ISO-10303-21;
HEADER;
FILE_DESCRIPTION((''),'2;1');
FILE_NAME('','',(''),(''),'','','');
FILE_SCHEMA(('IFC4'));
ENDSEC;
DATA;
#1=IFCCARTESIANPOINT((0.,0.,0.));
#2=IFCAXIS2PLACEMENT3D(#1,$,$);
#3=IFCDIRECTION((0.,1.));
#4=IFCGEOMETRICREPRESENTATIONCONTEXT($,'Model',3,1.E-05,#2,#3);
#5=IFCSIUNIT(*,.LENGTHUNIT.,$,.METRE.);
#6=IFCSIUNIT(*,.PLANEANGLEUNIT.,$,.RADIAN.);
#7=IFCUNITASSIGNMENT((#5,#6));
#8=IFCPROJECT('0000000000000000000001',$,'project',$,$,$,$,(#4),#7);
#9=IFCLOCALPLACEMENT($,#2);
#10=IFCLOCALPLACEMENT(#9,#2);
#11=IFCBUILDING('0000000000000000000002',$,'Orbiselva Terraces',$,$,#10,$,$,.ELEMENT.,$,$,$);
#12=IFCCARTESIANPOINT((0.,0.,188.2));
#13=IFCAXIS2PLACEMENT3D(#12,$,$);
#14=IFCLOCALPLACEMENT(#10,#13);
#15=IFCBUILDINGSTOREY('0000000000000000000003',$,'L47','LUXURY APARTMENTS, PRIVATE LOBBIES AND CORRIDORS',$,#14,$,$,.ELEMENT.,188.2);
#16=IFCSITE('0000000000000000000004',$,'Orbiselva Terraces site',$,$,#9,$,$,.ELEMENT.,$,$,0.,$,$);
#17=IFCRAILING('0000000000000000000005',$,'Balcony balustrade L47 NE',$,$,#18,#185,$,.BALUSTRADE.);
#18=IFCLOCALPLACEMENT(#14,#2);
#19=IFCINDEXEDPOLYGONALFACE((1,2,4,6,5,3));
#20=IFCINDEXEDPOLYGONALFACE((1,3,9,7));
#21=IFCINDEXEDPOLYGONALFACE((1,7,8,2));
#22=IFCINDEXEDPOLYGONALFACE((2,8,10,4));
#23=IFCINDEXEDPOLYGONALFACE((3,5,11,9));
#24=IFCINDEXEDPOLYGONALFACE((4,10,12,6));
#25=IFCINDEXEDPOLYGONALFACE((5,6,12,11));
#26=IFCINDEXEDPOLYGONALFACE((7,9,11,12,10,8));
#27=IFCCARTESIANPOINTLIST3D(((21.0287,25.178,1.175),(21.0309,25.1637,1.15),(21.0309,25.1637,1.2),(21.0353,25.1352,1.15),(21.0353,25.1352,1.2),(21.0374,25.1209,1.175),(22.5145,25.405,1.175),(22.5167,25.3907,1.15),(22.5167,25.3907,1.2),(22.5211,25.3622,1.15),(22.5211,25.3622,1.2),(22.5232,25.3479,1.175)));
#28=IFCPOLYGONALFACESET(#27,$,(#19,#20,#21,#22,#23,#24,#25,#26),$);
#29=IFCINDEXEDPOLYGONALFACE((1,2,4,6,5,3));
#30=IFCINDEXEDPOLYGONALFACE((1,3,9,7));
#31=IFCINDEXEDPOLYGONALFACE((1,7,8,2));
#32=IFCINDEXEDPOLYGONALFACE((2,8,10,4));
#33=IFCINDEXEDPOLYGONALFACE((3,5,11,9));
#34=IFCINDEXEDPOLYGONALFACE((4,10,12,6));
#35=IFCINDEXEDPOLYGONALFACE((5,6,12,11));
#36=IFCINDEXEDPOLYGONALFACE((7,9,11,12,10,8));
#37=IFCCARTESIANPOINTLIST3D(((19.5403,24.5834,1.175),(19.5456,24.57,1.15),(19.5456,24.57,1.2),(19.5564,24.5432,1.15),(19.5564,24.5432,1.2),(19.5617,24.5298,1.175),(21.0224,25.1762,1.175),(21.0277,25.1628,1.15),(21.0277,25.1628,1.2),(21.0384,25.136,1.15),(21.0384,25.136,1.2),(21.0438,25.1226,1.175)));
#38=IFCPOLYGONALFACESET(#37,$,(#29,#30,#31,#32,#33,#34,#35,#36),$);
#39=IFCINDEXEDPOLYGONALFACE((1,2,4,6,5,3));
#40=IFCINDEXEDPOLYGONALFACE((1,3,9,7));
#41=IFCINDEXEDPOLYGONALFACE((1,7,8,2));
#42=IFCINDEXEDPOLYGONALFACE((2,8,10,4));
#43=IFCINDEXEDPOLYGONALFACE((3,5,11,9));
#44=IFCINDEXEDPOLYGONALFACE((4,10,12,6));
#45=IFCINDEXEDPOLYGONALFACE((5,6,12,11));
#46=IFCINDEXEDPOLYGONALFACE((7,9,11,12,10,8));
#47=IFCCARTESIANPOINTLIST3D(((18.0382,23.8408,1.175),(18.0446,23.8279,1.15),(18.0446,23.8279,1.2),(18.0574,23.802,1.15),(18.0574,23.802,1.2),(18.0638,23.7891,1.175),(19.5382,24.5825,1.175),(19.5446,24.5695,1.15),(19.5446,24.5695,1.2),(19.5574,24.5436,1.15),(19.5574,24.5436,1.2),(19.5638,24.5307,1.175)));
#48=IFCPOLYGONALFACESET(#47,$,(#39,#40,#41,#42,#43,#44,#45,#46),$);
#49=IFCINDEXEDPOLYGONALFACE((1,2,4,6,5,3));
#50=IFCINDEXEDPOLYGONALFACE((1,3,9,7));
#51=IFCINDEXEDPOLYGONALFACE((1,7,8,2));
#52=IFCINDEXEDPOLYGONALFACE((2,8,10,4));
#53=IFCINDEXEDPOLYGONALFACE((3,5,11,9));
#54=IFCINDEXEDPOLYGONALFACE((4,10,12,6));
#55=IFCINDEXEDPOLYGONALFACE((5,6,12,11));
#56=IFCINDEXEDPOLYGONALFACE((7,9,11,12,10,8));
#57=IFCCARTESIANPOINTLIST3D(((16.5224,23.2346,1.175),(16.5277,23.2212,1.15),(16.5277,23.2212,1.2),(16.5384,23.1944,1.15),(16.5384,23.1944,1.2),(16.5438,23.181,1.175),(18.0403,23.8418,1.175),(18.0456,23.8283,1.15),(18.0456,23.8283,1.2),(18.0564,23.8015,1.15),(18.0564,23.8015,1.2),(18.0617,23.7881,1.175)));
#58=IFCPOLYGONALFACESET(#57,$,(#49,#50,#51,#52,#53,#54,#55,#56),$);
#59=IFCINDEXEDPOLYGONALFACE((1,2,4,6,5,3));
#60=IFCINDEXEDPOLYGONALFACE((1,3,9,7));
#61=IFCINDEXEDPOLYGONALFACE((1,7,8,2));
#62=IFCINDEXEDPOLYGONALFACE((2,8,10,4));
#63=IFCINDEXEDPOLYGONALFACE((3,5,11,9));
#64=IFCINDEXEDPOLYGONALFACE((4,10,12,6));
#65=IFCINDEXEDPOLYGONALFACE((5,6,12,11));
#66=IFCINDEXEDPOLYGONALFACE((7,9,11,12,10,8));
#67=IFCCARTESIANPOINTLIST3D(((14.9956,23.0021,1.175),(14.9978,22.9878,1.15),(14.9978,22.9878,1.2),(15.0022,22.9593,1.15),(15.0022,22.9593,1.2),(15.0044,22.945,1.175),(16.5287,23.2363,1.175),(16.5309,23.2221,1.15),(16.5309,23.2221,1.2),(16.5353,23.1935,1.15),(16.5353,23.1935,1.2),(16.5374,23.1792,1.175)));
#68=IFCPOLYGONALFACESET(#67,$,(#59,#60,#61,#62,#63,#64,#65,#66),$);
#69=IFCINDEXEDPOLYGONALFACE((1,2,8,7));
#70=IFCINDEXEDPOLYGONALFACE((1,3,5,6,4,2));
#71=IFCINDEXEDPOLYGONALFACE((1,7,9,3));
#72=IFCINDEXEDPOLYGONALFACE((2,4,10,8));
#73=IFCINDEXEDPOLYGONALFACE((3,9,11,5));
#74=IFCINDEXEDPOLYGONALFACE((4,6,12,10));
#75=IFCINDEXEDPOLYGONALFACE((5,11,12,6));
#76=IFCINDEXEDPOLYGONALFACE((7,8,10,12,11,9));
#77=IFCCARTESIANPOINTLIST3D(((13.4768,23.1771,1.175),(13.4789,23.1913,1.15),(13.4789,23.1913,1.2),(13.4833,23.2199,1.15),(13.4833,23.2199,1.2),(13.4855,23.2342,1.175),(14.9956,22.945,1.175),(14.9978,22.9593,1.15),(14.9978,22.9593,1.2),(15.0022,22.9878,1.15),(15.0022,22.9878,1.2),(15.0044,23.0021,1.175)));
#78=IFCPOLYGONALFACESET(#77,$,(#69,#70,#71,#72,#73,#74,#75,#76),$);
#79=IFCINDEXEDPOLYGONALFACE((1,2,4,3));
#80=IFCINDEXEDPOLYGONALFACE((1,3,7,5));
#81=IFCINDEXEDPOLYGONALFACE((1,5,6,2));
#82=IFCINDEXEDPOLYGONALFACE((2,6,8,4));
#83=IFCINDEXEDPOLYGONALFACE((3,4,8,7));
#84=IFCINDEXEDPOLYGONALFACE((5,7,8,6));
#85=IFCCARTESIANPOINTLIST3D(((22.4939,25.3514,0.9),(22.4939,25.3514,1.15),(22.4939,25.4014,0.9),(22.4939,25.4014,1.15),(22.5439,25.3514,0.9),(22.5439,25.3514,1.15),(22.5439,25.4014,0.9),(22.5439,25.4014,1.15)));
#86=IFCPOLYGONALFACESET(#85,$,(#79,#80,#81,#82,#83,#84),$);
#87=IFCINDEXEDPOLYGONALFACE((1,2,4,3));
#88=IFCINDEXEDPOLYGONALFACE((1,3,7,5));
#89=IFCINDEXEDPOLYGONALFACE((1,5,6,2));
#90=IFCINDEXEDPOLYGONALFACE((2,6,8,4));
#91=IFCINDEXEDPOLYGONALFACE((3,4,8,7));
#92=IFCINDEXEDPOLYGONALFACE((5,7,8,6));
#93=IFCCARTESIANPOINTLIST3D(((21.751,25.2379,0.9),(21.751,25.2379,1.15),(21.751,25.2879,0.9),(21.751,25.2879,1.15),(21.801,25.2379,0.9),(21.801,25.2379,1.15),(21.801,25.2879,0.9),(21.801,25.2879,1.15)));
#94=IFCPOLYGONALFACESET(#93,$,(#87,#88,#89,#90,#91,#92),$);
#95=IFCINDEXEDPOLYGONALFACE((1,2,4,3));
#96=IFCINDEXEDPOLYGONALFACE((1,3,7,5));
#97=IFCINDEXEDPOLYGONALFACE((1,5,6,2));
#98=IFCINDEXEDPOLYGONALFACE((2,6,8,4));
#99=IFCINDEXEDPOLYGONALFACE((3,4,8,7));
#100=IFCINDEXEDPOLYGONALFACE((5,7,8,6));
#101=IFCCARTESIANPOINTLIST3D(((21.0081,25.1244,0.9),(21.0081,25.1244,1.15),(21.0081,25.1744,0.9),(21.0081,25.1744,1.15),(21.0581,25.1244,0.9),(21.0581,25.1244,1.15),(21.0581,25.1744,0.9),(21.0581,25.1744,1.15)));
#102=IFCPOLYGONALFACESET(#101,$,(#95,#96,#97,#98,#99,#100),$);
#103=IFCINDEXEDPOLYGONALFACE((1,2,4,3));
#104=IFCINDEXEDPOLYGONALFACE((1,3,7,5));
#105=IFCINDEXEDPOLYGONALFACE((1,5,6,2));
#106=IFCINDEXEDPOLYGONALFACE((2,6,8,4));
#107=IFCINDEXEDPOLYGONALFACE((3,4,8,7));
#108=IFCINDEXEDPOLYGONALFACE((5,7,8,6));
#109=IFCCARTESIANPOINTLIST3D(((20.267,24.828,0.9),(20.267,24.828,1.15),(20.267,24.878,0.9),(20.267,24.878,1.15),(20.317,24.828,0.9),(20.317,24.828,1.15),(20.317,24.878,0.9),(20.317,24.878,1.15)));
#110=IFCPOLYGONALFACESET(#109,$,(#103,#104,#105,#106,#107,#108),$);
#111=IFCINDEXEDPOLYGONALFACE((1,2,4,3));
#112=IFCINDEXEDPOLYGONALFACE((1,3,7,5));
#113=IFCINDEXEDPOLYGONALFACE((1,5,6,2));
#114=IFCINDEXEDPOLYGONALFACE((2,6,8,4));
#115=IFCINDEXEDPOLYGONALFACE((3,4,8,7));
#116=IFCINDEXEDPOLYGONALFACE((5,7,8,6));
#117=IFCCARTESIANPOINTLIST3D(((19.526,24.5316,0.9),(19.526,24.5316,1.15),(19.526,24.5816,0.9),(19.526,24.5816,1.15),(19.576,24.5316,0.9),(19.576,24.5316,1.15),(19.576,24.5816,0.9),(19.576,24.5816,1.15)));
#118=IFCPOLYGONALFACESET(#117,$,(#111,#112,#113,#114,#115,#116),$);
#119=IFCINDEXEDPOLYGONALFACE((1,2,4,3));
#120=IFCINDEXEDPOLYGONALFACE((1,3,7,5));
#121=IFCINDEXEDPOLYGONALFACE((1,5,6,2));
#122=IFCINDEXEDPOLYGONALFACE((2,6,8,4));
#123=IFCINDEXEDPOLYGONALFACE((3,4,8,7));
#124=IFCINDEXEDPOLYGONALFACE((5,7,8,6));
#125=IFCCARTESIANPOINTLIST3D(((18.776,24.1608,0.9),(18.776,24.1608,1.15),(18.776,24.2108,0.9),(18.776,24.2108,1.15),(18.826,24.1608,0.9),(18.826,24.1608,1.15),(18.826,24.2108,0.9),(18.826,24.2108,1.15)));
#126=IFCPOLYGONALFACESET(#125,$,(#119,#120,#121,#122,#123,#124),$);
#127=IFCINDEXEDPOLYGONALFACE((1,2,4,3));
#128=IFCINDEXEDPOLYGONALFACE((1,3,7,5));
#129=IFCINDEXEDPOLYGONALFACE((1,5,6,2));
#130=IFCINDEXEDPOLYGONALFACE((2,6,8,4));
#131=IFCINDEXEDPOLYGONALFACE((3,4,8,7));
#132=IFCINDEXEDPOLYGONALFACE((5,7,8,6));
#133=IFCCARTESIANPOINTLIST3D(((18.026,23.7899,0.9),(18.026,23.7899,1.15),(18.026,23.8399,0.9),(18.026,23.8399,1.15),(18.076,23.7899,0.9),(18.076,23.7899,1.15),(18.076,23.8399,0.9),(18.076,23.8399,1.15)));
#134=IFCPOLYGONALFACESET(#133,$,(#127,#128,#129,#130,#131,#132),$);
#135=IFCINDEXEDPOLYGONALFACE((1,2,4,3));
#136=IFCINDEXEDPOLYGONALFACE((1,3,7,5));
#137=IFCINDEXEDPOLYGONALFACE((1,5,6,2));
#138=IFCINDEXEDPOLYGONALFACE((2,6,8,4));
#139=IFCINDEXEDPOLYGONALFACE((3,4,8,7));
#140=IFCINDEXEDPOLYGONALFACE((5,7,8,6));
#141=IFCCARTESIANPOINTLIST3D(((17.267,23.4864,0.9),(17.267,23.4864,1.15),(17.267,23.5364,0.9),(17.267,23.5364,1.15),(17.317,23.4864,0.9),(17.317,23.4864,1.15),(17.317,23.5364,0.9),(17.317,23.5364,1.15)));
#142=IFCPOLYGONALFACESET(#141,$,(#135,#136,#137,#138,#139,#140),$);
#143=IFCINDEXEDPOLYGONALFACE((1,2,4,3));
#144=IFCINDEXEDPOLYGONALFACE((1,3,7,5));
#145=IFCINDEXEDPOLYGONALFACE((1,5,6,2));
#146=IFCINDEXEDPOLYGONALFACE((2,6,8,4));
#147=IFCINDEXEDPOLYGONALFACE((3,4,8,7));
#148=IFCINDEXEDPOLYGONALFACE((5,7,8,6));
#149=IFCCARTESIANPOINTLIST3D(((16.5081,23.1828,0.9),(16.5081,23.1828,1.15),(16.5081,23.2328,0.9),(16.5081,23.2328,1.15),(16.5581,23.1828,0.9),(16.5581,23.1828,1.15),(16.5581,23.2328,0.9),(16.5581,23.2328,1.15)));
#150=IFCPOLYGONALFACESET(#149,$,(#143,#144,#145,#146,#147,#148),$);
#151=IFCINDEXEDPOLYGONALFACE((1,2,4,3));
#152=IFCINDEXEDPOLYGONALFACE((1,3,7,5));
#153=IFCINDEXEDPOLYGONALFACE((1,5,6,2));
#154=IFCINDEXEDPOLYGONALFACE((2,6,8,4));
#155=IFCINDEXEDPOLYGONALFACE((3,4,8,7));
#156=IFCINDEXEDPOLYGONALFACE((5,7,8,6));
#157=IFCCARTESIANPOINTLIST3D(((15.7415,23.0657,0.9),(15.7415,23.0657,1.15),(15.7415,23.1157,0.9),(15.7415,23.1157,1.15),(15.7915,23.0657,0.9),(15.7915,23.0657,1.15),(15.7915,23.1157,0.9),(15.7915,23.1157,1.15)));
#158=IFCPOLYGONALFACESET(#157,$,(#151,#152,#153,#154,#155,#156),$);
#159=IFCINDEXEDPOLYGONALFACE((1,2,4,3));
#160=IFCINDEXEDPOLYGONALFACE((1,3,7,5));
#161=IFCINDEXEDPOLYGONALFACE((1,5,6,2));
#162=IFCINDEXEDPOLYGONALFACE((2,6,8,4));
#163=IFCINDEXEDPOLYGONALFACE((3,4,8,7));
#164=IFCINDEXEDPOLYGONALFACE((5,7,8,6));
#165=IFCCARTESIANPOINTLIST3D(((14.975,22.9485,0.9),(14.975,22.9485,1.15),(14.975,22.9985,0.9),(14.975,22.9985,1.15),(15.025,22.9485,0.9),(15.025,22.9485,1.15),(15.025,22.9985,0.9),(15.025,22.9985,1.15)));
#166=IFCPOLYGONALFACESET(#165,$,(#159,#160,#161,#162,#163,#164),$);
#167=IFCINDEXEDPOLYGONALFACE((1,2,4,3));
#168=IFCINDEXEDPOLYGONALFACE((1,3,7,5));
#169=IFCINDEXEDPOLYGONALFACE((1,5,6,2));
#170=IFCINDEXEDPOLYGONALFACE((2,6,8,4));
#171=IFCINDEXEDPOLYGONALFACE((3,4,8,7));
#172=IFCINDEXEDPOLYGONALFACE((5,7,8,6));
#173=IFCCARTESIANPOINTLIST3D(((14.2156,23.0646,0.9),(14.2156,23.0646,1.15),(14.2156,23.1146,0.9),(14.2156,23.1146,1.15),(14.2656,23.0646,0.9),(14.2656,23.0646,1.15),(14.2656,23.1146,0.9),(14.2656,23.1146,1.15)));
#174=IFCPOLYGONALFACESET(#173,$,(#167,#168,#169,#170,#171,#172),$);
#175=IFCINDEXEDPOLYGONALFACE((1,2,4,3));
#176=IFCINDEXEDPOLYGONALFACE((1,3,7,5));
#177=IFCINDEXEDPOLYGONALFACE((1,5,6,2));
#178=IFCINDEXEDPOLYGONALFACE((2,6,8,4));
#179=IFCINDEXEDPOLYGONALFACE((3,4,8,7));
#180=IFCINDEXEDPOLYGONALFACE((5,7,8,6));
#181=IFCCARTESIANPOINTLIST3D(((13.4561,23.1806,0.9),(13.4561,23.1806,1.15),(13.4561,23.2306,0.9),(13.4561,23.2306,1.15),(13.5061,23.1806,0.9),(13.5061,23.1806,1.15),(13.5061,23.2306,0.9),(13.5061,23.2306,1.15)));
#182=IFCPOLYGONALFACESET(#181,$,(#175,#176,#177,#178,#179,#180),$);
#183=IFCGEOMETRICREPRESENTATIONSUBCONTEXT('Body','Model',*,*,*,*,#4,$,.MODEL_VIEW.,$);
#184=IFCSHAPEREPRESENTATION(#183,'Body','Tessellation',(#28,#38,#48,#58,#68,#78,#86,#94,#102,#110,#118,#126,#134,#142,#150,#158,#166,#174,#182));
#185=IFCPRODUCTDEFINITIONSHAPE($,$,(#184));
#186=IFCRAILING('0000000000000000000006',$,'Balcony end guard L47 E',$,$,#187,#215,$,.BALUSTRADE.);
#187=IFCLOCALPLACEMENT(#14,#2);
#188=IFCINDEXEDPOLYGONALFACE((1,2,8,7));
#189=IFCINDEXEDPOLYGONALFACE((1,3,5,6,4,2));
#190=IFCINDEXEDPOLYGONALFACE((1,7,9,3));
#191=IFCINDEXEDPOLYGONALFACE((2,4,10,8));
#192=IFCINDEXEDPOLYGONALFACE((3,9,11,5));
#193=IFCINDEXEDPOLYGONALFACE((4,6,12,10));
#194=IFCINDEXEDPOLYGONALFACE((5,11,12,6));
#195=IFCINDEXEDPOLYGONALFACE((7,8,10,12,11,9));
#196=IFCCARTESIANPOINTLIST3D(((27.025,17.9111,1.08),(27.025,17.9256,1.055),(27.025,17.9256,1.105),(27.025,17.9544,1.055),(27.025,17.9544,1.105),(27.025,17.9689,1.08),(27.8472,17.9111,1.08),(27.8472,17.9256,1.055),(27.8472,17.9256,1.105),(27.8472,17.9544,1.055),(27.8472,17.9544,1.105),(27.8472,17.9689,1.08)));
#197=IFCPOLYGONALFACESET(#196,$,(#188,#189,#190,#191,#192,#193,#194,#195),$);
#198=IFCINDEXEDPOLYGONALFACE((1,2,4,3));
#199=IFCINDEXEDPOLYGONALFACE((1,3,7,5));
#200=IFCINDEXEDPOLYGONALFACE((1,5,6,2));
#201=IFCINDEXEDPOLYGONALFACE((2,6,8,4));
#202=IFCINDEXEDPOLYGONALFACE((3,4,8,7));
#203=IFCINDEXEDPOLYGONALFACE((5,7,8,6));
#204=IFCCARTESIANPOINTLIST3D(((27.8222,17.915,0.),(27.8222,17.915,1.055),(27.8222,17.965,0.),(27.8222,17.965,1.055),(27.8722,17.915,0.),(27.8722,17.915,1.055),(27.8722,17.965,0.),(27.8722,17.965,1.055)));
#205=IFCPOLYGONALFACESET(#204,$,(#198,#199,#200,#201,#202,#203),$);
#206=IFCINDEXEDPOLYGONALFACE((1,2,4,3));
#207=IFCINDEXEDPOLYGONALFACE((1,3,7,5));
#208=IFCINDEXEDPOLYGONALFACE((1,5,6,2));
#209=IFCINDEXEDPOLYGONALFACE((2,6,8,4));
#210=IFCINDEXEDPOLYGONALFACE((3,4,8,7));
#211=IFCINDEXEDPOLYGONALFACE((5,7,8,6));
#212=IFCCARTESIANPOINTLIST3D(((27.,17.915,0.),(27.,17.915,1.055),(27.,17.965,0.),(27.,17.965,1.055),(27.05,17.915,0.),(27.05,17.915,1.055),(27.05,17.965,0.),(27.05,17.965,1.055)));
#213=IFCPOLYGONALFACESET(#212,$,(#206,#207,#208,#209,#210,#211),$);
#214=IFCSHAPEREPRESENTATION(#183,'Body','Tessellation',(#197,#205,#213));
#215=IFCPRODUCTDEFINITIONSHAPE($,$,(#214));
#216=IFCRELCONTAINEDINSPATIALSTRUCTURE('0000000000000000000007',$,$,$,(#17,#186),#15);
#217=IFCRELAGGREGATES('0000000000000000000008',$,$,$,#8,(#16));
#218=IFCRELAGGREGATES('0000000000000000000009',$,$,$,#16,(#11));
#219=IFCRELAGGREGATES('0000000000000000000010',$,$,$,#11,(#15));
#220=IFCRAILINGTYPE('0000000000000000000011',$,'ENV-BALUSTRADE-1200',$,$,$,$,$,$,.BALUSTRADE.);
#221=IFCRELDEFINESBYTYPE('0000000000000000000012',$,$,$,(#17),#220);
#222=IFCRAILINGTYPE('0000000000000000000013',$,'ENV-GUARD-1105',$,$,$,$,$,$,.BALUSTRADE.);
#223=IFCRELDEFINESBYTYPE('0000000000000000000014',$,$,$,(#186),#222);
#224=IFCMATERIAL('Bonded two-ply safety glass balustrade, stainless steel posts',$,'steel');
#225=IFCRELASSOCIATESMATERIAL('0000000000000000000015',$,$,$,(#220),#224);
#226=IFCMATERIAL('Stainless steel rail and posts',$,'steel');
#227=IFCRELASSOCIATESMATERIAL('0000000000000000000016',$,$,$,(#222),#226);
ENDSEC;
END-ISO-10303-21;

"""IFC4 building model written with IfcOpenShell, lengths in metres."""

from ifc_helpers import new_model, si_unit, direction, frame, origin, origin_2d, place, context, subcontext, project, spatial, polyline, rectangle, outline, extrude, material, type_object, element, save


model = new_model("IFC4")

# Units and contexts
model_context = context("Model", 3, precision=1e-05, world=origin(), true_north=direction((0.0, 1.0)))
body_context = subcontext(model_context, "Body", "Model", "MODEL_VIEW")
ifc_project = project(units=[si_unit("LENGTHUNIT", "METRE"), si_unit("PLANEANGLEUNIT", "RADIAN")], contexts=[model_context])

# Site, building, storey
site_placement = place(None, origin())
site = spatial("IfcSite", under=ifc_project, at=site_placement, Name="Orbiselva Terraces site", CompositionType="ELEMENT", RefElevation=0.0)
building_placement = place(site_placement, origin())
building = spatial("IfcBuilding", under=site, at=building_placement, Name="Orbiselva Terraces", CompositionType="ELEMENT")
storey_placement = place(building_placement, frame((0.0, 0.0, 188.2)))
storey = spatial("IfcBuildingStorey", under=building, at=storey_placement, Name="L47", Description="LUXURY APARTMENTS, PRIVATE LOBBIES AND CORRIDORS", CompositionType="ELEMENT", Elevation=188.2)

# Railings
ifc_material_1 = material(Name="Bonded two-ply safety glass balustrade, stainless steel posts", Category="steel")
railing_type_1 = type_object("IfcRailingType", Name="ENV-BALUSTRADE-1200", PredefinedType="BALUSTRADE", material=ifc_material_1)
railing_1_placement = place(storey_placement, frame((22.5189, 25.3764, 0.9)))
element("IfcRailing", 1, at=railing_1_placement, inside=storey, type_object=railing_type_1, Name="Balcony balustrade L47 NE", PredefinedType="BALUSTRADE", context=body_context, shape_type="SweptSolid", body=[
    extrude(outline(polyline([(0.0289, 0.0), (0.0144, 0.025), (-0.0144, 0.025), (-0.0289, 0.0), (-0.0144, -0.025), (0.0144, -0.025), (0.0289, 0.0)])), frame((0.0, 0.0, 0.275), z_axis=(-0.988529, -0.151034, 0.0), x_axis=(0.151034, -0.988529, 0.0)), (0.0, 0.0, 1.0), 1.503),
    extrude(outline(polyline([(0.0289, 0.0), (0.0144, 0.025), (-0.0144, 0.025), (-0.0289, 0.0), (-0.0144, -0.025), (0.0144, -0.025), (0.0289, 0.0)])), frame((-1.4858, -0.227, 0.275), z_axis=(-0.928477, -0.371391, 0.0), x_axis=(0.371391, -0.928477, 0.0)), (0.0, 0.0, 1.0), 1.5963),
    extrude(outline(polyline([(0.0289, 0.0), (0.0144, 0.025), (-0.0144, 0.025), (-0.0289, 0.0), (-0.0144, -0.025), (0.0144, -0.025), (0.0289, 0.0)])), frame((-2.9679, -0.8198, 0.275), z_axis=(-0.896417, -0.443212, 0.0), x_axis=(0.443212, -0.896417, 0.0)), (0.0, 0.0, 1.0), 1.6733),
    extrude(outline(polyline([(0.0289, 0.0), (0.0144, 0.025), (-0.0144, 0.025), (-0.0289, 0.0), (-0.0144, -0.025), (0.0144, -0.025), (0.0289, 0.0)])), frame((-4.4679, -1.5615, 0.275), z_axis=(-0.928477, -0.37139, 0.0), x_axis=(0.37139, -0.928477, 0.0)), (0.0, 0.0, 1.0), 1.6348),
    extrude(outline(polyline([(0.0289, 0.0), (0.0144, 0.025), (-0.0144, 0.025), (-0.0289, 0.0), (-0.0144, -0.025), (0.0144, -0.025), (0.0289, 0.0)])), frame((-5.9858, -2.1686, 0.275), z_axis=(-0.988529, -0.151034, 0.0), x_axis=(0.151034, -0.988529, 0.0)), (0.0, 0.0, 1.0), 1.5509),
    extrude(outline(polyline([(0.0289, 0.0), (0.0144, 0.025), (-0.0144, 0.025), (-0.0289, 0.0), (-0.0144, -0.025), (0.0144, -0.025), (0.0289, 0.0)])), frame((-7.5189, -2.4029, 0.275), z_axis=(-0.988529, 0.151034, 0.0), x_axis=(-0.151034, -0.988529, 0.0)), (0.0, 0.0, 1.0), 1.5365),
    extrude(rectangle(XDim=0.05, YDim=0.05, at=origin_2d()), origin(), (0.0, 0.0, 1.0), 0.25),
    extrude(rectangle(XDim=0.05, YDim=0.05, at=origin_2d()), frame((-0.7429, -0.1135, 0.0)), (0.0, 0.0, 1.0), 0.25),
    extrude(rectangle(XDim=0.05, YDim=0.05, at=origin_2d()), frame((-1.4858, -0.227, 0.0)), (0.0, 0.0, 1.0), 0.25),
    extrude(rectangle(XDim=0.05, YDim=0.05, at=origin_2d()), frame((-2.2268, -0.5234, 0.0)), (0.0, 0.0, 1.0), 0.25),
    extrude(rectangle(XDim=0.05, YDim=0.05, at=origin_2d()), frame((-2.9679, -0.8198, 0.0)), (0.0, 0.0, 1.0), 0.25),
    extrude(rectangle(XDim=0.05, YDim=0.05, at=origin_2d()), frame((-3.7179, -1.1907, 0.0)), (0.0, 0.0, 1.0), 0.25),
    extrude(rectangle(XDim=0.05, YDim=0.05, at=origin_2d()), frame((-4.4679, -1.5615, 0.0)), (0.0, 0.0, 1.0), 0.25),
    extrude(rectangle(XDim=0.05, YDim=0.05, at=origin_2d()), frame((-5.2268, -1.8651, 0.0)), (0.0, 0.0, 1.0), 0.25),
    extrude(rectangle(XDim=0.05, YDim=0.05, at=origin_2d()), frame((-5.9858, -2.1686, 0.0)), (0.0, 0.0, 1.0), 0.25),
    extrude(rectangle(XDim=0.05, YDim=0.05, at=origin_2d()), frame((-6.7523, -2.2858, 0.0)), (0.0, 0.0, 1.0), 0.25),
    extrude(rectangle(XDim=0.05, YDim=0.05, at=origin_2d()), frame((-7.5189, -2.4029, 0.0)), (0.0, 0.0, 1.0), 0.25),
    extrude(rectangle(XDim=0.05, YDim=0.05, at=origin_2d()), frame((-8.2783, -2.2869, 0.0)), (0.0, 0.0, 1.0), 0.25),
    extrude(rectangle(XDim=0.05, YDim=0.05, at=origin_2d()), frame((-9.0378, -2.1708, 0.0)), (0.0, 0.0, 1.0), 0.25),
])
ifc_material_2 = material(Name="Stainless steel rail and posts", Category="steel")
railing_type_2 = type_object("IfcRailingType", Name="ENV-GUARD-1105", PredefinedType="BALUSTRADE", material=ifc_material_2)
railing_2_placement = place(storey_placement, frame((27.8472, 17.94, 0.0)))
element("IfcRailing", 2, at=railing_2_placement, inside=storey, type_object=railing_type_2, Name="Balcony end guard L47 E", PredefinedType="BALUSTRADE", context=body_context, shape_type="SweptSolid", body=[
    extrude(outline(polyline([(0.0289, 0.0), (0.0144, 0.025), (-0.0144, 0.025), (-0.0289, 0.0), (-0.0144, -0.025), (0.0144, -0.025), (0.0289, 0.0)])), frame((0.0, 0.0, 1.08), z_axis=(-1.0, 0.0, 0.0), x_axis=(0.0, -1.0, 0.0)), (0.0, 0.0, 1.0), 0.8222),
    extrude(rectangle(XDim=0.05, YDim=0.05, at=origin_2d()), origin(), (0.0, 0.0, 1.0), 1.055),
    extrude(rectangle(XDim=0.05, YDim=0.05, at=origin_2d()), frame((-0.8222, 0.0, 0.0)), (0.0, 0.0, 1.0), 1.055),
])

save(model, "model.ifc")
